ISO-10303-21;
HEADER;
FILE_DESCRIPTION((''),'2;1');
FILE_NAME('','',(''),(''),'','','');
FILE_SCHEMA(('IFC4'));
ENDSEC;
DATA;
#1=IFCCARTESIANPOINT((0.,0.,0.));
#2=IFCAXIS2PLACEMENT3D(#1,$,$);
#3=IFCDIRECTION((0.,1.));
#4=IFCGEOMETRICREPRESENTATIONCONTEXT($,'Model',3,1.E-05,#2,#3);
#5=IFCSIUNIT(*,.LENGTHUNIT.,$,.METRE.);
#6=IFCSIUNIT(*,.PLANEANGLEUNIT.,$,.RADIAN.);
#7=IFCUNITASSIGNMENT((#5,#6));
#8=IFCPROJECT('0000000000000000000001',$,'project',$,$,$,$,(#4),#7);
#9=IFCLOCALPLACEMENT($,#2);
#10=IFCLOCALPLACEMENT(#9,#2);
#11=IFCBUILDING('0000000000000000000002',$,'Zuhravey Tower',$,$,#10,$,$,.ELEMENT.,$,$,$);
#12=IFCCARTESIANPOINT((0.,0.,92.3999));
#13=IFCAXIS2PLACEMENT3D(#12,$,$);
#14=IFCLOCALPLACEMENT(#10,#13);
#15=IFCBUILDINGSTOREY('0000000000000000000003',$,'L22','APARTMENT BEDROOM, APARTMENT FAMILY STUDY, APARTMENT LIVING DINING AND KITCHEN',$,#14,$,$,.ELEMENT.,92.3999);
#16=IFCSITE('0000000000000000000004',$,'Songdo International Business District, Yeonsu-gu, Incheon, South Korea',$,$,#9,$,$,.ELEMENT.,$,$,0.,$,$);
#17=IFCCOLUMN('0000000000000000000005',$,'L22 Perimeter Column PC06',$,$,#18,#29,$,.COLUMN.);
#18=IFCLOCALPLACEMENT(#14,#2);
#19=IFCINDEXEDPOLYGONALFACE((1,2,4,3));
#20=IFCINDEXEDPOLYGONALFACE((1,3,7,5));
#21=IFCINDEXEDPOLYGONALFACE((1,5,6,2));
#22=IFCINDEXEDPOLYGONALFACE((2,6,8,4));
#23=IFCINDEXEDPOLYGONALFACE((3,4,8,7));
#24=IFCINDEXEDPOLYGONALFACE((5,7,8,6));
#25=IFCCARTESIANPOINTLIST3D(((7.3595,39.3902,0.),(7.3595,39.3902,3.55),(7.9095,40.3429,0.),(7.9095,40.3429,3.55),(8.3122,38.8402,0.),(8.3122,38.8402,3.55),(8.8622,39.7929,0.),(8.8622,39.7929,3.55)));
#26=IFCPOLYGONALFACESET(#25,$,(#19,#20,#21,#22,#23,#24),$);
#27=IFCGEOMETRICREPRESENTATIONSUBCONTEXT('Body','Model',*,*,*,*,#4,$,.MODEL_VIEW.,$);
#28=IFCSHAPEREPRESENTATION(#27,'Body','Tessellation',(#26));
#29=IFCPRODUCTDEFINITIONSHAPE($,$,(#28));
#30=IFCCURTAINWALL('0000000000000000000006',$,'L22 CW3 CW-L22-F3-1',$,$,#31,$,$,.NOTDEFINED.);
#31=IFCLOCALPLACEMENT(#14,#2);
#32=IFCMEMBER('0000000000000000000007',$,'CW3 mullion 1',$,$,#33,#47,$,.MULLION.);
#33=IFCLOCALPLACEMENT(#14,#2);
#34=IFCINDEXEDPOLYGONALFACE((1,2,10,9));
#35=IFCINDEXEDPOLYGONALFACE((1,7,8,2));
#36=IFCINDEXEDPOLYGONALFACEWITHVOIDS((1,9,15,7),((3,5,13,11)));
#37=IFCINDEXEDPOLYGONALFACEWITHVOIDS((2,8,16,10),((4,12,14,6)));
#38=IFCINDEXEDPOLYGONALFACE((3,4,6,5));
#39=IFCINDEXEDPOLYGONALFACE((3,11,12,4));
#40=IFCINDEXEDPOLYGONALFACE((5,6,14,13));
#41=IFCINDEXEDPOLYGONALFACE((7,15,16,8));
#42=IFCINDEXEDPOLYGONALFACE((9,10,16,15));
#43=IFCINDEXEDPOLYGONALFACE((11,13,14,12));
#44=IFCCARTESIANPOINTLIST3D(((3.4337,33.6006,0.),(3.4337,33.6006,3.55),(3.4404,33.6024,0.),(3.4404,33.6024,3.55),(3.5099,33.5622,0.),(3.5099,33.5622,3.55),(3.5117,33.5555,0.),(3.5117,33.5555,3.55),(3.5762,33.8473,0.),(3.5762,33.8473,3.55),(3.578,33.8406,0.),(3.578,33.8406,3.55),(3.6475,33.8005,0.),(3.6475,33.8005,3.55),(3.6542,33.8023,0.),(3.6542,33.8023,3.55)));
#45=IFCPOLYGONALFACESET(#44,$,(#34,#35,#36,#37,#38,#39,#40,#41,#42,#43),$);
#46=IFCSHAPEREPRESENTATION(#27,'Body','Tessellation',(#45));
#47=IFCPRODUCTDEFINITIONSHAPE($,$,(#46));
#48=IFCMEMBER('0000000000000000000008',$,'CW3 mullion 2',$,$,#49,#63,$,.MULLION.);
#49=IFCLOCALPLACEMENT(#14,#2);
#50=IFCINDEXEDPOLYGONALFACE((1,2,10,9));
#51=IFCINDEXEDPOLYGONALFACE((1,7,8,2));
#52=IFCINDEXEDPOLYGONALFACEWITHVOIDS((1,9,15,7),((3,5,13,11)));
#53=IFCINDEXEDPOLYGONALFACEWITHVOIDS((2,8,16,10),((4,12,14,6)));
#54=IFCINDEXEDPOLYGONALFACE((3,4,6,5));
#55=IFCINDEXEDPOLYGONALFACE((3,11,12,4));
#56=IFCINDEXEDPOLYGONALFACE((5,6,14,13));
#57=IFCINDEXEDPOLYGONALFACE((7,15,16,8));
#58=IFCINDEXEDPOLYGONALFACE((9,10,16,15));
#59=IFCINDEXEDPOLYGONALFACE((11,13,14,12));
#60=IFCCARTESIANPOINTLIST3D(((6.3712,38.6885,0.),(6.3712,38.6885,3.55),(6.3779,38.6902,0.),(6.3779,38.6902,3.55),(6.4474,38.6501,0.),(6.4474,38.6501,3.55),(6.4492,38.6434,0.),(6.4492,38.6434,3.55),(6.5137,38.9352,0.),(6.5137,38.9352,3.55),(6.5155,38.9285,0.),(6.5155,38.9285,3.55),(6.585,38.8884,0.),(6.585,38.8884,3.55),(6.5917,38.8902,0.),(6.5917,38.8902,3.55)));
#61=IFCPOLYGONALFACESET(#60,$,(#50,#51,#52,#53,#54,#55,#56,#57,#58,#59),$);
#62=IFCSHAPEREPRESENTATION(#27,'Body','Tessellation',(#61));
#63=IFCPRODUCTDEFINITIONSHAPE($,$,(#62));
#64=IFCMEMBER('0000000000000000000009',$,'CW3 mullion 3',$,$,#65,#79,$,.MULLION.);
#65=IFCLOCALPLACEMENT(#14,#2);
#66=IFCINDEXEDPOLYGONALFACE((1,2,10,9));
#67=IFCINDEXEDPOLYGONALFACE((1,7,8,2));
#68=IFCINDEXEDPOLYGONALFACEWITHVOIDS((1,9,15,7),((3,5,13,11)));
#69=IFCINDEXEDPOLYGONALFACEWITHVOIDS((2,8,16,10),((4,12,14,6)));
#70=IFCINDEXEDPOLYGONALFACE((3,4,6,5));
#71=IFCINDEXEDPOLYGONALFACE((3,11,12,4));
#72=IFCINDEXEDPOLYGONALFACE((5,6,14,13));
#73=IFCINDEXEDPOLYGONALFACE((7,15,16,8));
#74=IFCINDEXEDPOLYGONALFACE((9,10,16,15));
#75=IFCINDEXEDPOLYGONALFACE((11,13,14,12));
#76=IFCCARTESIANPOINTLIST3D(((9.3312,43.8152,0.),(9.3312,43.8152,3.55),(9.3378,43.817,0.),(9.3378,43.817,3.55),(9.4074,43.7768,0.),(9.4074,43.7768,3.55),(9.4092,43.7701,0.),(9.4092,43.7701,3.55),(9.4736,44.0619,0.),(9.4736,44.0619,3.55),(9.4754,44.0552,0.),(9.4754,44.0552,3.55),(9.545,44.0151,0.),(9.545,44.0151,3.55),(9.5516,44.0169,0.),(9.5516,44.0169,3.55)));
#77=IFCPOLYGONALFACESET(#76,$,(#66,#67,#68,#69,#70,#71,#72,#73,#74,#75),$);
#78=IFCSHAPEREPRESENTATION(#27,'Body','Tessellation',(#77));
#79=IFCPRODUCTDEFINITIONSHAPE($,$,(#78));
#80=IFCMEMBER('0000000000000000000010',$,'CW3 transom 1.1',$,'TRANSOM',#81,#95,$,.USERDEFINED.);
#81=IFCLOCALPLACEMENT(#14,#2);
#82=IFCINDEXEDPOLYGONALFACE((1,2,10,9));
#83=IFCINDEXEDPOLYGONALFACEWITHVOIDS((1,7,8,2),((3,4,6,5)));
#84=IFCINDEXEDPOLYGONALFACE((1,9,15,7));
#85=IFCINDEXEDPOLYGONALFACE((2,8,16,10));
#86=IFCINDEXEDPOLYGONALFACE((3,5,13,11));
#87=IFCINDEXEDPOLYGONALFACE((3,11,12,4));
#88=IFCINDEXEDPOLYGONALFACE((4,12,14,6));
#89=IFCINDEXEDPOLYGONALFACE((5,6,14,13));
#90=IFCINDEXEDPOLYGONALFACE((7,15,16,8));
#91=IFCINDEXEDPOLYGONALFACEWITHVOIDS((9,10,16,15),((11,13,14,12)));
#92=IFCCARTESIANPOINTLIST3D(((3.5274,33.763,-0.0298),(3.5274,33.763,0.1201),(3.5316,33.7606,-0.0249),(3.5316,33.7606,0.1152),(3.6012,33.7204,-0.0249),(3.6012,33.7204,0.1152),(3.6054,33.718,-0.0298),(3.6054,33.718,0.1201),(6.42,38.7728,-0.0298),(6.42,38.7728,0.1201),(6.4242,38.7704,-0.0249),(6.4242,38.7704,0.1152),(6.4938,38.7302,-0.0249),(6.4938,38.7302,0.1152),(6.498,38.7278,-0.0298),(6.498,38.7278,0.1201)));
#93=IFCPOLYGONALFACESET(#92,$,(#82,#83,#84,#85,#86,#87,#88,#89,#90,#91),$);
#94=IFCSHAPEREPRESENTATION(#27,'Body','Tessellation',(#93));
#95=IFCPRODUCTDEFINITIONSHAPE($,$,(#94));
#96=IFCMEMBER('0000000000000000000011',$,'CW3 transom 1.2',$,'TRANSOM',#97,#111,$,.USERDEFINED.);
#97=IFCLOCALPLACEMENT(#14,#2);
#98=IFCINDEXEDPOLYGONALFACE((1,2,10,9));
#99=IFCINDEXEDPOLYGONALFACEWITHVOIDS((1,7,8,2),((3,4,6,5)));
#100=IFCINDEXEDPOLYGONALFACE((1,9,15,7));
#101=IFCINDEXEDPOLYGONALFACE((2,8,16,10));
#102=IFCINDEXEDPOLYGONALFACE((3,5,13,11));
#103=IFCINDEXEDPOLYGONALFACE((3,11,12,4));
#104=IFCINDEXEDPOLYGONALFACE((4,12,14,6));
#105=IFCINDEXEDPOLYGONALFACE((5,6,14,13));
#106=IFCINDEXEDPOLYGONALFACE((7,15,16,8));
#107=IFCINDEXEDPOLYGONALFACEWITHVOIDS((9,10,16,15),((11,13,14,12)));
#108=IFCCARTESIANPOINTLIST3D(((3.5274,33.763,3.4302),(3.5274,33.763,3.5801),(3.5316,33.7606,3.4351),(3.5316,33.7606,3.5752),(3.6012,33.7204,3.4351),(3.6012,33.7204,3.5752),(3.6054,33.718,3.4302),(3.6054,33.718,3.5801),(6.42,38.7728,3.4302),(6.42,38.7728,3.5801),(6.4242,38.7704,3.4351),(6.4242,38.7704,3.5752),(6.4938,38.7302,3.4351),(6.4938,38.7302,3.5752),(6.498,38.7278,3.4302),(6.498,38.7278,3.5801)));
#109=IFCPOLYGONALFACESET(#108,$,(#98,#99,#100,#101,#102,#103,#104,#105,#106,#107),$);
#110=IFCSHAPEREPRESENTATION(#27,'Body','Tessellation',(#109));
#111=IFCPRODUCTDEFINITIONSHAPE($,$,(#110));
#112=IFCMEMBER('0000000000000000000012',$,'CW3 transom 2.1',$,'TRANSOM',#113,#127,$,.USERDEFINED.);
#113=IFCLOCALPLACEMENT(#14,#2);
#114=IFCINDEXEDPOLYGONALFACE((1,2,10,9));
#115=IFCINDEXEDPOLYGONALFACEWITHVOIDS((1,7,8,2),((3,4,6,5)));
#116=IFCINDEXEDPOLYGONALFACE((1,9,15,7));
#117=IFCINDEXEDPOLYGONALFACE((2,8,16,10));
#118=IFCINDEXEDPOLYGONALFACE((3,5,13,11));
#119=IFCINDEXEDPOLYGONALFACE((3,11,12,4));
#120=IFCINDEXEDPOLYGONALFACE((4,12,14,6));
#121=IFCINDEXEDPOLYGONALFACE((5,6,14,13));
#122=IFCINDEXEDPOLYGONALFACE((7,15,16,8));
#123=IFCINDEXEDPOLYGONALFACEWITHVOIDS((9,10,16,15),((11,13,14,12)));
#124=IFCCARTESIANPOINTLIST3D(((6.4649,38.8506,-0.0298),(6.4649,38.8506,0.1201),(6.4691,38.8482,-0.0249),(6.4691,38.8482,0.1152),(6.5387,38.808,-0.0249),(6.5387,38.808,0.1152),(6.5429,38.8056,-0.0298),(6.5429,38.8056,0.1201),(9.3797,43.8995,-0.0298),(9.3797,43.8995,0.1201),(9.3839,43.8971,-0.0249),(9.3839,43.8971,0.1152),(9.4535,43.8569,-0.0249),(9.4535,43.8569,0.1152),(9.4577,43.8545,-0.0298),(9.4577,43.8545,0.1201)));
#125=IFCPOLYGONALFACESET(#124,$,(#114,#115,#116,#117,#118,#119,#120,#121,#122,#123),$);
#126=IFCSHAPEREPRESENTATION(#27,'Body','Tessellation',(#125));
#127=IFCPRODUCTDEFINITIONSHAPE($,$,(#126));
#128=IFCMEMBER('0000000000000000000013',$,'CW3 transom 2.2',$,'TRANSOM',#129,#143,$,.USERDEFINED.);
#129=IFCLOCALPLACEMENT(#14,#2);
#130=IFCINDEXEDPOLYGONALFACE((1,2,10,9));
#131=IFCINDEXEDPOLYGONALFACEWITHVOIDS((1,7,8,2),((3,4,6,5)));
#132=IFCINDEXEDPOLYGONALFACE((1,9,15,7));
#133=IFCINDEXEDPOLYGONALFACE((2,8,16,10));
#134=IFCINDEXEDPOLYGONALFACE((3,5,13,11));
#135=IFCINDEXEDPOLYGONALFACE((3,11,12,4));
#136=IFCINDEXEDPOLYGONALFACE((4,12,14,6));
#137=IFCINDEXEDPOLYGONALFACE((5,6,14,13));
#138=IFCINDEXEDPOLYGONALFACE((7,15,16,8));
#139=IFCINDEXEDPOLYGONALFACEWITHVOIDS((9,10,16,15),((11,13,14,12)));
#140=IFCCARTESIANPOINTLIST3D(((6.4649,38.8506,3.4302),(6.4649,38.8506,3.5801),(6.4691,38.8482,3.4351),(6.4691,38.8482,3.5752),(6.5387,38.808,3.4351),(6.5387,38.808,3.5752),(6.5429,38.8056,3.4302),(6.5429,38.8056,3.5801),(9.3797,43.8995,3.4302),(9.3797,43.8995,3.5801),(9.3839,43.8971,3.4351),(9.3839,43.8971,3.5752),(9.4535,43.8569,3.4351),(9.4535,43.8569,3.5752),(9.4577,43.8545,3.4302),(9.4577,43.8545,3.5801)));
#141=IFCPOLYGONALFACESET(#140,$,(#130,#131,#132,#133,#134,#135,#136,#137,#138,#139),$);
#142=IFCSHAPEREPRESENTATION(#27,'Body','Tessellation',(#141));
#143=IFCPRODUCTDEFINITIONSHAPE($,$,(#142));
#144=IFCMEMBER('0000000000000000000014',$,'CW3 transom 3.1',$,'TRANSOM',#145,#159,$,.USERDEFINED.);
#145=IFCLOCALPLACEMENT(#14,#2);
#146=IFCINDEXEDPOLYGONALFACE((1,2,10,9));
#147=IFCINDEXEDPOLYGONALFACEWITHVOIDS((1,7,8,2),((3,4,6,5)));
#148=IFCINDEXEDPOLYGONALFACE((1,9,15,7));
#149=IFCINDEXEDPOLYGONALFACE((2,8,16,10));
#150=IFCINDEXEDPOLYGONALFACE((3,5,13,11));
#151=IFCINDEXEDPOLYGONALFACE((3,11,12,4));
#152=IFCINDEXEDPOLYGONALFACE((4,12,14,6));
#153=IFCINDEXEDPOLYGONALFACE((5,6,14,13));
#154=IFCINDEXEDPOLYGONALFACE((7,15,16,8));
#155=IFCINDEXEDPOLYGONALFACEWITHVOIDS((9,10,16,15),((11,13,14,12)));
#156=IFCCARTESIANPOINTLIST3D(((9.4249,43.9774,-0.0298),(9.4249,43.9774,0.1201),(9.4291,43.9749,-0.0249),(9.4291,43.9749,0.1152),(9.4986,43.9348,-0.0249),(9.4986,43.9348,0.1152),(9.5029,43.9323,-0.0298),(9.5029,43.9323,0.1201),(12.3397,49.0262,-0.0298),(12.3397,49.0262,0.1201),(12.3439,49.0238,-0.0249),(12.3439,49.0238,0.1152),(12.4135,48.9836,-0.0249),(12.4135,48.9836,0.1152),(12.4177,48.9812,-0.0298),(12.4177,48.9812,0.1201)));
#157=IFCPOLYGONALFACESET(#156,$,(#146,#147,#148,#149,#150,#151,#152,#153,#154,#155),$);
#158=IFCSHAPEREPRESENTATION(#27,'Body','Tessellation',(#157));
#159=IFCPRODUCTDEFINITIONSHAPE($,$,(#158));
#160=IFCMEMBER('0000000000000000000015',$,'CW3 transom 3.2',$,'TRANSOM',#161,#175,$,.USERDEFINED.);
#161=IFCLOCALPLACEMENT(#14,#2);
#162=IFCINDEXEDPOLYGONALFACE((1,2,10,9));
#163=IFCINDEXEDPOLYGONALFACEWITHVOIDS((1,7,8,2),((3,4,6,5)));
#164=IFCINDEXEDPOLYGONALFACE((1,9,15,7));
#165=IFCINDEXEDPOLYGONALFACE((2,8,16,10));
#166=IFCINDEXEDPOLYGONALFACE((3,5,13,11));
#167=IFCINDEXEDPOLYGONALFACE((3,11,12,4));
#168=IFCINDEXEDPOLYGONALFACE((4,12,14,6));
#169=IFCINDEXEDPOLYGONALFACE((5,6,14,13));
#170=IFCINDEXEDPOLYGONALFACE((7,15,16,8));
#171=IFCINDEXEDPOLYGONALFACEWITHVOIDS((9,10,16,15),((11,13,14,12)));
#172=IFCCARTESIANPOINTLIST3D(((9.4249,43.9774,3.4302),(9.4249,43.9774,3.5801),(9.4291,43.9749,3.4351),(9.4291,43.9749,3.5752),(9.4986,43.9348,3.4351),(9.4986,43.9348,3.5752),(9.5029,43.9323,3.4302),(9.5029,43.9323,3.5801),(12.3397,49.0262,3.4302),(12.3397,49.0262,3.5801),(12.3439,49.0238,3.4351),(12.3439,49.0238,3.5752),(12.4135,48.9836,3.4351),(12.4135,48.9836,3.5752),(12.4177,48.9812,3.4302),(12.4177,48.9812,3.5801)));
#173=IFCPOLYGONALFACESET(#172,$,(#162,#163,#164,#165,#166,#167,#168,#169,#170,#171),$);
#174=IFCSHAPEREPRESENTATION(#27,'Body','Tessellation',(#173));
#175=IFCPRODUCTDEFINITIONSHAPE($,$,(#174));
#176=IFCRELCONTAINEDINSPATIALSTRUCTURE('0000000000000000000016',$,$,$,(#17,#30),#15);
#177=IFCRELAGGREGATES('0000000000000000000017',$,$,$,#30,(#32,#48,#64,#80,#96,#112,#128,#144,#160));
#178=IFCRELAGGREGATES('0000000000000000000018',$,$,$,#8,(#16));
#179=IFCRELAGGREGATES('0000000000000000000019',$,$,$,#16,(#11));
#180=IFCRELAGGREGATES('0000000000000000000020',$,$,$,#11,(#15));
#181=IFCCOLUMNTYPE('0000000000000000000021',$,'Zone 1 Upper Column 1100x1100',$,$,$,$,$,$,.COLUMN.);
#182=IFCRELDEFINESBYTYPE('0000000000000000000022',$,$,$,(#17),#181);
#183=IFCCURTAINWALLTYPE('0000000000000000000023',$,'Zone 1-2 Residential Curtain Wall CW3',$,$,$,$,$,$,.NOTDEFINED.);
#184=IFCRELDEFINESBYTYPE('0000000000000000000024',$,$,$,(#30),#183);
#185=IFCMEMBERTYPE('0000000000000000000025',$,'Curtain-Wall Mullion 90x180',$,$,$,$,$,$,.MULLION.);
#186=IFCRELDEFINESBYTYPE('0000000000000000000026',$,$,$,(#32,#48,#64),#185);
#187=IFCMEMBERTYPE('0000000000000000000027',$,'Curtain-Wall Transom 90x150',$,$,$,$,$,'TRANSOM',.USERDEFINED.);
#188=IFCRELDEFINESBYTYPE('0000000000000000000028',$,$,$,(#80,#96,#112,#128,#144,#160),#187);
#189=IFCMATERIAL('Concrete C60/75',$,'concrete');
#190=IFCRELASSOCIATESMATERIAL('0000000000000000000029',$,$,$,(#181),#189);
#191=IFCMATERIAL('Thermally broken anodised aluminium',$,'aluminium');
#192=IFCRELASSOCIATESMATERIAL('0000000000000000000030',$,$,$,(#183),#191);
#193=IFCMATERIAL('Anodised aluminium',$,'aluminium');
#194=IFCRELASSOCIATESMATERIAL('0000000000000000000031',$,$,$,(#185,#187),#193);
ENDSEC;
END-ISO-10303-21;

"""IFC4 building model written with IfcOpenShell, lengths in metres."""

from ifc_helpers import new_model, si_unit, direction, frame, origin, origin_2d, place, context, subcontext, project, spatial, rectangle, hollow_rectangle, extrude, material, material_profile, profile_set, type_object, element, aggregate, save


model = new_model("IFC4")

# Units and contexts
model_context = context("Model", 3, precision=1e-05, world=origin(), true_north=direction((0.0, 1.0)))
body_context = subcontext(model_context, "Body", "Model", "MODEL_VIEW")
ifc_project = project(units=[si_unit("LENGTHUNIT", "METRE"), si_unit("PLANEANGLEUNIT", "RADIAN")], contexts=[model_context])

# Site, building, storey
site_placement = place(None, origin())
site = spatial("IfcSite", under=ifc_project, at=site_placement, Name="Songdo International Business District, Yeonsu-gu, Incheon, South Korea", CompositionType="ELEMENT", RefElevation=0.0)
building_placement = place(site_placement, origin())
building = spatial("IfcBuilding", under=site, at=building_placement, Name="Zuhravey Tower", CompositionType="ELEMENT")
storey_placement = place(building_placement, frame((0.0, 0.0, 92.3999)))
storey = spatial("IfcBuildingStorey", under=building, at=storey_placement, Name="L22", Description="APARTMENT BEDROOM, APARTMENT FAMILY STUDY, APARTMENT LIVING DINING AND KITCHEN", CompositionType="ELEMENT", Elevation=92.3999)

# Column
ifc_material_1 = material(Name="Concrete C60/75", Category="concrete")
ifc_material_profile_1 = material_profile(ifc_material_1, rectangle(XDim=1.1001, YDim=1.1001, at=origin_2d()), Name="RC-1100x1100")
ifc_profile_set_1 = profile_set([ifc_material_profile_1], Name="Concrete C60/75")
column_type = type_object("IfcColumnType", Name="Zone 1 Upper Column 1100x1100", PredefinedType="COLUMN", material=ifc_profile_set_1)
column_placement = place(storey_placement, frame((8.1108, 39.5916, 0.0), z_axis=(0.0, 0.0, 1.0), x_axis=(-0.5, -0.866025, 0.0)))
element("IfcColumn", 1, at=column_placement, inside=storey, type_object=column_type, Name="L22 Perimeter Column PC06", PredefinedType="COLUMN", context=body_context, shape_type="SweptSolid", body=[
    extrude(rectangle(XDim=1.1001, YDim=1.1001, at=origin_2d()), origin(), (0.0, 0.0, 1.0), 3.55),
])

# Curtain wall, members
ifc_material_2 = material(Name="Thermally broken anodised aluminium", Category="aluminium")
curtain_wall_type = type_object("IfcCurtainWallType", Name="Zone 1-2 Residential Curtain Wall CW3", PredefinedType="NOTDEFINED", material=ifc_material_2)
curtain_wall_placement = place(storey_placement, origin())
curtain_wall = element("IfcCurtainWall", 2, at=curtain_wall_placement, inside=storey, type_object=curtain_wall_type, Name="L22 CW3 CW-L22-F3-1", PredefinedType="NOTDEFINED")
ifc_material_3 = material(Name="Anodised aluminium", Category="aluminium")
ifc_material_profile_2 = material_profile(ifc_material_3, hollow_rectangle(XDim=0.0901, YDim=0.2849, WallThickness=0.0049, at=origin_2d()), Name="ALU-RHS-90x285x5")
ifc_profile_set_2 = profile_set([ifc_material_profile_2], Name="Anodised aluminium")
member_type_1 = type_object("IfcMemberType", Name="Curtain-Wall Mullion 90x180", PredefinedType="MULLION", material=ifc_profile_set_2)
member_1_placement = place(storey_placement, frame((3.5439, 33.7014, 0.0), z_axis=(0.0, 0.0, 1.0), x_axis=(-0.866026, 0.5, 0.0)))
member_1 = element("IfcMember", 3, at=member_1_placement, type_object=member_type_1, Name="CW3 mullion 1", PredefinedType="MULLION", context=body_context, shape_type="SweptSolid", body=[
    extrude(hollow_rectangle(XDim=0.0901, YDim=0.2849, WallThickness=0.0049, at=origin_2d()), origin(), (0.0, 0.0, 1.0), 3.55),
])
member_2_placement = place(storey_placement, frame((6.4814, 38.7893, 0.0), z_axis=(0.0, 0.0, 1.0), x_axis=(-0.866026, 0.5, 0.0)))
member_2 = element("IfcMember", 4, at=member_2_placement, type_object=member_type_1, Name="CW3 mullion 2", PredefinedType="MULLION", context=body_context, shape_type="SweptSolid", body=[
    extrude(hollow_rectangle(XDim=0.0901, YDim=0.2849, WallThickness=0.0049, at=origin_2d()), origin(), (0.0, 0.0, 1.0), 3.55),
])
member_3_placement = place(storey_placement, frame((9.4414, 43.916, 0.0), z_axis=(0.0, 0.0, 1.0), x_axis=(-0.866026, 0.5, 0.0)))
member_3 = element("IfcMember", 5, at=member_3_placement, type_object=member_type_1, Name="CW3 mullion 3", PredefinedType="MULLION", context=body_context, shape_type="SweptSolid", body=[
    extrude(hollow_rectangle(XDim=0.0901, YDim=0.2849, WallThickness=0.0049, at=origin_2d()), origin(), (0.0, 0.0, 1.0), 3.55),
])
ifc_material_profile_3 = material_profile(ifc_material_3, hollow_rectangle(XDim=0.0901, YDim=0.1499, WallThickness=0.0049, at=origin_2d()), Name="ALU-RHS-90x150x5")
ifc_profile_set_3 = profile_set([ifc_material_profile_3], Name="Anodised aluminium")
member_type_2 = type_object("IfcMemberType", Name="Curtain-Wall Transom 90x150", ElementType="TRANSOM", PredefinedType="USERDEFINED", material=ifc_profile_set_3)
member_4_placement = place(storey_placement, frame((3.5664, 33.7405, 0.0452), z_axis=(0.500024, 0.866011, 0.0), x_axis=(-0.866011, 0.500024, 0.0)))
member_4 = element("IfcMember", 6, at=member_4_placement, type_object=member_type_2, Name="CW3 transom 1.1", ObjectType="TRANSOM", PredefinedType="USERDEFINED", context=body_context, shape_type="SweptSolid", body=[
    extrude(hollow_rectangle(XDim=0.0901, YDim=0.1499, WallThickness=0.0049, at=origin_2d()), origin(), (0.0, 0.0, 1.0), 5.7849),
])
member_5_placement = place(storey_placement, frame((3.5664, 33.7405, 3.5051), z_axis=(0.500024, 0.866011, 0.0), x_axis=(-0.866011, 0.500024, 0.0)))
member_5 = element("IfcMember", 7, at=member_5_placement, type_object=member_type_2, Name="CW3 transom 1.2", ObjectType="TRANSOM", PredefinedType="USERDEFINED", context=body_context, shape_type="SweptSolid", body=[
    extrude(hollow_rectangle(XDim=0.0901, YDim=0.1499, WallThickness=0.0049, at=origin_2d()), origin(), (0.0, 0.0, 1.0), 5.7849),
])
member_6_placement = place(storey_placement, frame((6.5039, 38.8281, 0.0452), z_axis=(0.499981, 0.866036, 0.0), x_axis=(-0.866036, 0.499981, 0.0)))
member_6 = element("IfcMember", 8, at=member_6_placement, type_object=member_type_2, Name="CW3 transom 2.1", ObjectType="TRANSOM", PredefinedType="USERDEFINED", context=body_context, shape_type="SweptSolid", body=[
    extrude(hollow_rectangle(XDim=0.0901, YDim=0.1499, WallThickness=0.0049, at=origin_2d()), origin(), (0.0, 0.0, 1.0), 5.8298),
])
member_7_placement = place(storey_placement, frame((6.5039, 38.8281, 3.5051), z_axis=(0.499981, 0.866036, 0.0), x_axis=(-0.866036, 0.499981, 0.0)))
member_7 = element("IfcMember", 9, at=member_7_placement, type_object=member_type_2, Name="CW3 transom 2.2", ObjectType="TRANSOM", PredefinedType="USERDEFINED", context=body_context, shape_type="SweptSolid", body=[
    extrude(hollow_rectangle(XDim=0.0901, YDim=0.1499, WallThickness=0.0049, at=origin_2d()), origin(), (0.0, 0.0, 1.0), 5.8298),
])
member_8_placement = place(storey_placement, frame((9.4639, 43.9548, 0.0452), z_axis=(0.499981, 0.866036, 0.0), x_axis=(-0.866036, 0.499981, 0.0)))
member_8 = element("IfcMember", 10, at=member_8_placement, type_object=member_type_2, Name="CW3 transom 3.1", ObjectType="TRANSOM", PredefinedType="USERDEFINED", context=body_context, shape_type="SweptSolid", body=[
    extrude(hollow_rectangle(XDim=0.0901, YDim=0.1499, WallThickness=0.0049, at=origin_2d()), origin(), (0.0, 0.0, 1.0), 5.8298),
])
member_9_placement = place(storey_placement, frame((9.4639, 43.9548, 3.5051), z_axis=(0.499981, 0.866036, 0.0), x_axis=(-0.866036, 0.499981, 0.0)))
member_9 = element("IfcMember", 11, at=member_9_placement, type_object=member_type_2, Name="CW3 transom 3.2", ObjectType="TRANSOM", PredefinedType="USERDEFINED", context=body_context, shape_type="SweptSolid", body=[
    extrude(hollow_rectangle(XDim=0.0901, YDim=0.1499, WallThickness=0.0049, at=origin_2d()), origin(), (0.0, 0.0, 1.0), 5.8298),
])

aggregate(curtain_wall, [member_1, member_2, member_3, member_4, member_5, member_6, member_7, member_8, member_9])

save(model, "model.ifc")
